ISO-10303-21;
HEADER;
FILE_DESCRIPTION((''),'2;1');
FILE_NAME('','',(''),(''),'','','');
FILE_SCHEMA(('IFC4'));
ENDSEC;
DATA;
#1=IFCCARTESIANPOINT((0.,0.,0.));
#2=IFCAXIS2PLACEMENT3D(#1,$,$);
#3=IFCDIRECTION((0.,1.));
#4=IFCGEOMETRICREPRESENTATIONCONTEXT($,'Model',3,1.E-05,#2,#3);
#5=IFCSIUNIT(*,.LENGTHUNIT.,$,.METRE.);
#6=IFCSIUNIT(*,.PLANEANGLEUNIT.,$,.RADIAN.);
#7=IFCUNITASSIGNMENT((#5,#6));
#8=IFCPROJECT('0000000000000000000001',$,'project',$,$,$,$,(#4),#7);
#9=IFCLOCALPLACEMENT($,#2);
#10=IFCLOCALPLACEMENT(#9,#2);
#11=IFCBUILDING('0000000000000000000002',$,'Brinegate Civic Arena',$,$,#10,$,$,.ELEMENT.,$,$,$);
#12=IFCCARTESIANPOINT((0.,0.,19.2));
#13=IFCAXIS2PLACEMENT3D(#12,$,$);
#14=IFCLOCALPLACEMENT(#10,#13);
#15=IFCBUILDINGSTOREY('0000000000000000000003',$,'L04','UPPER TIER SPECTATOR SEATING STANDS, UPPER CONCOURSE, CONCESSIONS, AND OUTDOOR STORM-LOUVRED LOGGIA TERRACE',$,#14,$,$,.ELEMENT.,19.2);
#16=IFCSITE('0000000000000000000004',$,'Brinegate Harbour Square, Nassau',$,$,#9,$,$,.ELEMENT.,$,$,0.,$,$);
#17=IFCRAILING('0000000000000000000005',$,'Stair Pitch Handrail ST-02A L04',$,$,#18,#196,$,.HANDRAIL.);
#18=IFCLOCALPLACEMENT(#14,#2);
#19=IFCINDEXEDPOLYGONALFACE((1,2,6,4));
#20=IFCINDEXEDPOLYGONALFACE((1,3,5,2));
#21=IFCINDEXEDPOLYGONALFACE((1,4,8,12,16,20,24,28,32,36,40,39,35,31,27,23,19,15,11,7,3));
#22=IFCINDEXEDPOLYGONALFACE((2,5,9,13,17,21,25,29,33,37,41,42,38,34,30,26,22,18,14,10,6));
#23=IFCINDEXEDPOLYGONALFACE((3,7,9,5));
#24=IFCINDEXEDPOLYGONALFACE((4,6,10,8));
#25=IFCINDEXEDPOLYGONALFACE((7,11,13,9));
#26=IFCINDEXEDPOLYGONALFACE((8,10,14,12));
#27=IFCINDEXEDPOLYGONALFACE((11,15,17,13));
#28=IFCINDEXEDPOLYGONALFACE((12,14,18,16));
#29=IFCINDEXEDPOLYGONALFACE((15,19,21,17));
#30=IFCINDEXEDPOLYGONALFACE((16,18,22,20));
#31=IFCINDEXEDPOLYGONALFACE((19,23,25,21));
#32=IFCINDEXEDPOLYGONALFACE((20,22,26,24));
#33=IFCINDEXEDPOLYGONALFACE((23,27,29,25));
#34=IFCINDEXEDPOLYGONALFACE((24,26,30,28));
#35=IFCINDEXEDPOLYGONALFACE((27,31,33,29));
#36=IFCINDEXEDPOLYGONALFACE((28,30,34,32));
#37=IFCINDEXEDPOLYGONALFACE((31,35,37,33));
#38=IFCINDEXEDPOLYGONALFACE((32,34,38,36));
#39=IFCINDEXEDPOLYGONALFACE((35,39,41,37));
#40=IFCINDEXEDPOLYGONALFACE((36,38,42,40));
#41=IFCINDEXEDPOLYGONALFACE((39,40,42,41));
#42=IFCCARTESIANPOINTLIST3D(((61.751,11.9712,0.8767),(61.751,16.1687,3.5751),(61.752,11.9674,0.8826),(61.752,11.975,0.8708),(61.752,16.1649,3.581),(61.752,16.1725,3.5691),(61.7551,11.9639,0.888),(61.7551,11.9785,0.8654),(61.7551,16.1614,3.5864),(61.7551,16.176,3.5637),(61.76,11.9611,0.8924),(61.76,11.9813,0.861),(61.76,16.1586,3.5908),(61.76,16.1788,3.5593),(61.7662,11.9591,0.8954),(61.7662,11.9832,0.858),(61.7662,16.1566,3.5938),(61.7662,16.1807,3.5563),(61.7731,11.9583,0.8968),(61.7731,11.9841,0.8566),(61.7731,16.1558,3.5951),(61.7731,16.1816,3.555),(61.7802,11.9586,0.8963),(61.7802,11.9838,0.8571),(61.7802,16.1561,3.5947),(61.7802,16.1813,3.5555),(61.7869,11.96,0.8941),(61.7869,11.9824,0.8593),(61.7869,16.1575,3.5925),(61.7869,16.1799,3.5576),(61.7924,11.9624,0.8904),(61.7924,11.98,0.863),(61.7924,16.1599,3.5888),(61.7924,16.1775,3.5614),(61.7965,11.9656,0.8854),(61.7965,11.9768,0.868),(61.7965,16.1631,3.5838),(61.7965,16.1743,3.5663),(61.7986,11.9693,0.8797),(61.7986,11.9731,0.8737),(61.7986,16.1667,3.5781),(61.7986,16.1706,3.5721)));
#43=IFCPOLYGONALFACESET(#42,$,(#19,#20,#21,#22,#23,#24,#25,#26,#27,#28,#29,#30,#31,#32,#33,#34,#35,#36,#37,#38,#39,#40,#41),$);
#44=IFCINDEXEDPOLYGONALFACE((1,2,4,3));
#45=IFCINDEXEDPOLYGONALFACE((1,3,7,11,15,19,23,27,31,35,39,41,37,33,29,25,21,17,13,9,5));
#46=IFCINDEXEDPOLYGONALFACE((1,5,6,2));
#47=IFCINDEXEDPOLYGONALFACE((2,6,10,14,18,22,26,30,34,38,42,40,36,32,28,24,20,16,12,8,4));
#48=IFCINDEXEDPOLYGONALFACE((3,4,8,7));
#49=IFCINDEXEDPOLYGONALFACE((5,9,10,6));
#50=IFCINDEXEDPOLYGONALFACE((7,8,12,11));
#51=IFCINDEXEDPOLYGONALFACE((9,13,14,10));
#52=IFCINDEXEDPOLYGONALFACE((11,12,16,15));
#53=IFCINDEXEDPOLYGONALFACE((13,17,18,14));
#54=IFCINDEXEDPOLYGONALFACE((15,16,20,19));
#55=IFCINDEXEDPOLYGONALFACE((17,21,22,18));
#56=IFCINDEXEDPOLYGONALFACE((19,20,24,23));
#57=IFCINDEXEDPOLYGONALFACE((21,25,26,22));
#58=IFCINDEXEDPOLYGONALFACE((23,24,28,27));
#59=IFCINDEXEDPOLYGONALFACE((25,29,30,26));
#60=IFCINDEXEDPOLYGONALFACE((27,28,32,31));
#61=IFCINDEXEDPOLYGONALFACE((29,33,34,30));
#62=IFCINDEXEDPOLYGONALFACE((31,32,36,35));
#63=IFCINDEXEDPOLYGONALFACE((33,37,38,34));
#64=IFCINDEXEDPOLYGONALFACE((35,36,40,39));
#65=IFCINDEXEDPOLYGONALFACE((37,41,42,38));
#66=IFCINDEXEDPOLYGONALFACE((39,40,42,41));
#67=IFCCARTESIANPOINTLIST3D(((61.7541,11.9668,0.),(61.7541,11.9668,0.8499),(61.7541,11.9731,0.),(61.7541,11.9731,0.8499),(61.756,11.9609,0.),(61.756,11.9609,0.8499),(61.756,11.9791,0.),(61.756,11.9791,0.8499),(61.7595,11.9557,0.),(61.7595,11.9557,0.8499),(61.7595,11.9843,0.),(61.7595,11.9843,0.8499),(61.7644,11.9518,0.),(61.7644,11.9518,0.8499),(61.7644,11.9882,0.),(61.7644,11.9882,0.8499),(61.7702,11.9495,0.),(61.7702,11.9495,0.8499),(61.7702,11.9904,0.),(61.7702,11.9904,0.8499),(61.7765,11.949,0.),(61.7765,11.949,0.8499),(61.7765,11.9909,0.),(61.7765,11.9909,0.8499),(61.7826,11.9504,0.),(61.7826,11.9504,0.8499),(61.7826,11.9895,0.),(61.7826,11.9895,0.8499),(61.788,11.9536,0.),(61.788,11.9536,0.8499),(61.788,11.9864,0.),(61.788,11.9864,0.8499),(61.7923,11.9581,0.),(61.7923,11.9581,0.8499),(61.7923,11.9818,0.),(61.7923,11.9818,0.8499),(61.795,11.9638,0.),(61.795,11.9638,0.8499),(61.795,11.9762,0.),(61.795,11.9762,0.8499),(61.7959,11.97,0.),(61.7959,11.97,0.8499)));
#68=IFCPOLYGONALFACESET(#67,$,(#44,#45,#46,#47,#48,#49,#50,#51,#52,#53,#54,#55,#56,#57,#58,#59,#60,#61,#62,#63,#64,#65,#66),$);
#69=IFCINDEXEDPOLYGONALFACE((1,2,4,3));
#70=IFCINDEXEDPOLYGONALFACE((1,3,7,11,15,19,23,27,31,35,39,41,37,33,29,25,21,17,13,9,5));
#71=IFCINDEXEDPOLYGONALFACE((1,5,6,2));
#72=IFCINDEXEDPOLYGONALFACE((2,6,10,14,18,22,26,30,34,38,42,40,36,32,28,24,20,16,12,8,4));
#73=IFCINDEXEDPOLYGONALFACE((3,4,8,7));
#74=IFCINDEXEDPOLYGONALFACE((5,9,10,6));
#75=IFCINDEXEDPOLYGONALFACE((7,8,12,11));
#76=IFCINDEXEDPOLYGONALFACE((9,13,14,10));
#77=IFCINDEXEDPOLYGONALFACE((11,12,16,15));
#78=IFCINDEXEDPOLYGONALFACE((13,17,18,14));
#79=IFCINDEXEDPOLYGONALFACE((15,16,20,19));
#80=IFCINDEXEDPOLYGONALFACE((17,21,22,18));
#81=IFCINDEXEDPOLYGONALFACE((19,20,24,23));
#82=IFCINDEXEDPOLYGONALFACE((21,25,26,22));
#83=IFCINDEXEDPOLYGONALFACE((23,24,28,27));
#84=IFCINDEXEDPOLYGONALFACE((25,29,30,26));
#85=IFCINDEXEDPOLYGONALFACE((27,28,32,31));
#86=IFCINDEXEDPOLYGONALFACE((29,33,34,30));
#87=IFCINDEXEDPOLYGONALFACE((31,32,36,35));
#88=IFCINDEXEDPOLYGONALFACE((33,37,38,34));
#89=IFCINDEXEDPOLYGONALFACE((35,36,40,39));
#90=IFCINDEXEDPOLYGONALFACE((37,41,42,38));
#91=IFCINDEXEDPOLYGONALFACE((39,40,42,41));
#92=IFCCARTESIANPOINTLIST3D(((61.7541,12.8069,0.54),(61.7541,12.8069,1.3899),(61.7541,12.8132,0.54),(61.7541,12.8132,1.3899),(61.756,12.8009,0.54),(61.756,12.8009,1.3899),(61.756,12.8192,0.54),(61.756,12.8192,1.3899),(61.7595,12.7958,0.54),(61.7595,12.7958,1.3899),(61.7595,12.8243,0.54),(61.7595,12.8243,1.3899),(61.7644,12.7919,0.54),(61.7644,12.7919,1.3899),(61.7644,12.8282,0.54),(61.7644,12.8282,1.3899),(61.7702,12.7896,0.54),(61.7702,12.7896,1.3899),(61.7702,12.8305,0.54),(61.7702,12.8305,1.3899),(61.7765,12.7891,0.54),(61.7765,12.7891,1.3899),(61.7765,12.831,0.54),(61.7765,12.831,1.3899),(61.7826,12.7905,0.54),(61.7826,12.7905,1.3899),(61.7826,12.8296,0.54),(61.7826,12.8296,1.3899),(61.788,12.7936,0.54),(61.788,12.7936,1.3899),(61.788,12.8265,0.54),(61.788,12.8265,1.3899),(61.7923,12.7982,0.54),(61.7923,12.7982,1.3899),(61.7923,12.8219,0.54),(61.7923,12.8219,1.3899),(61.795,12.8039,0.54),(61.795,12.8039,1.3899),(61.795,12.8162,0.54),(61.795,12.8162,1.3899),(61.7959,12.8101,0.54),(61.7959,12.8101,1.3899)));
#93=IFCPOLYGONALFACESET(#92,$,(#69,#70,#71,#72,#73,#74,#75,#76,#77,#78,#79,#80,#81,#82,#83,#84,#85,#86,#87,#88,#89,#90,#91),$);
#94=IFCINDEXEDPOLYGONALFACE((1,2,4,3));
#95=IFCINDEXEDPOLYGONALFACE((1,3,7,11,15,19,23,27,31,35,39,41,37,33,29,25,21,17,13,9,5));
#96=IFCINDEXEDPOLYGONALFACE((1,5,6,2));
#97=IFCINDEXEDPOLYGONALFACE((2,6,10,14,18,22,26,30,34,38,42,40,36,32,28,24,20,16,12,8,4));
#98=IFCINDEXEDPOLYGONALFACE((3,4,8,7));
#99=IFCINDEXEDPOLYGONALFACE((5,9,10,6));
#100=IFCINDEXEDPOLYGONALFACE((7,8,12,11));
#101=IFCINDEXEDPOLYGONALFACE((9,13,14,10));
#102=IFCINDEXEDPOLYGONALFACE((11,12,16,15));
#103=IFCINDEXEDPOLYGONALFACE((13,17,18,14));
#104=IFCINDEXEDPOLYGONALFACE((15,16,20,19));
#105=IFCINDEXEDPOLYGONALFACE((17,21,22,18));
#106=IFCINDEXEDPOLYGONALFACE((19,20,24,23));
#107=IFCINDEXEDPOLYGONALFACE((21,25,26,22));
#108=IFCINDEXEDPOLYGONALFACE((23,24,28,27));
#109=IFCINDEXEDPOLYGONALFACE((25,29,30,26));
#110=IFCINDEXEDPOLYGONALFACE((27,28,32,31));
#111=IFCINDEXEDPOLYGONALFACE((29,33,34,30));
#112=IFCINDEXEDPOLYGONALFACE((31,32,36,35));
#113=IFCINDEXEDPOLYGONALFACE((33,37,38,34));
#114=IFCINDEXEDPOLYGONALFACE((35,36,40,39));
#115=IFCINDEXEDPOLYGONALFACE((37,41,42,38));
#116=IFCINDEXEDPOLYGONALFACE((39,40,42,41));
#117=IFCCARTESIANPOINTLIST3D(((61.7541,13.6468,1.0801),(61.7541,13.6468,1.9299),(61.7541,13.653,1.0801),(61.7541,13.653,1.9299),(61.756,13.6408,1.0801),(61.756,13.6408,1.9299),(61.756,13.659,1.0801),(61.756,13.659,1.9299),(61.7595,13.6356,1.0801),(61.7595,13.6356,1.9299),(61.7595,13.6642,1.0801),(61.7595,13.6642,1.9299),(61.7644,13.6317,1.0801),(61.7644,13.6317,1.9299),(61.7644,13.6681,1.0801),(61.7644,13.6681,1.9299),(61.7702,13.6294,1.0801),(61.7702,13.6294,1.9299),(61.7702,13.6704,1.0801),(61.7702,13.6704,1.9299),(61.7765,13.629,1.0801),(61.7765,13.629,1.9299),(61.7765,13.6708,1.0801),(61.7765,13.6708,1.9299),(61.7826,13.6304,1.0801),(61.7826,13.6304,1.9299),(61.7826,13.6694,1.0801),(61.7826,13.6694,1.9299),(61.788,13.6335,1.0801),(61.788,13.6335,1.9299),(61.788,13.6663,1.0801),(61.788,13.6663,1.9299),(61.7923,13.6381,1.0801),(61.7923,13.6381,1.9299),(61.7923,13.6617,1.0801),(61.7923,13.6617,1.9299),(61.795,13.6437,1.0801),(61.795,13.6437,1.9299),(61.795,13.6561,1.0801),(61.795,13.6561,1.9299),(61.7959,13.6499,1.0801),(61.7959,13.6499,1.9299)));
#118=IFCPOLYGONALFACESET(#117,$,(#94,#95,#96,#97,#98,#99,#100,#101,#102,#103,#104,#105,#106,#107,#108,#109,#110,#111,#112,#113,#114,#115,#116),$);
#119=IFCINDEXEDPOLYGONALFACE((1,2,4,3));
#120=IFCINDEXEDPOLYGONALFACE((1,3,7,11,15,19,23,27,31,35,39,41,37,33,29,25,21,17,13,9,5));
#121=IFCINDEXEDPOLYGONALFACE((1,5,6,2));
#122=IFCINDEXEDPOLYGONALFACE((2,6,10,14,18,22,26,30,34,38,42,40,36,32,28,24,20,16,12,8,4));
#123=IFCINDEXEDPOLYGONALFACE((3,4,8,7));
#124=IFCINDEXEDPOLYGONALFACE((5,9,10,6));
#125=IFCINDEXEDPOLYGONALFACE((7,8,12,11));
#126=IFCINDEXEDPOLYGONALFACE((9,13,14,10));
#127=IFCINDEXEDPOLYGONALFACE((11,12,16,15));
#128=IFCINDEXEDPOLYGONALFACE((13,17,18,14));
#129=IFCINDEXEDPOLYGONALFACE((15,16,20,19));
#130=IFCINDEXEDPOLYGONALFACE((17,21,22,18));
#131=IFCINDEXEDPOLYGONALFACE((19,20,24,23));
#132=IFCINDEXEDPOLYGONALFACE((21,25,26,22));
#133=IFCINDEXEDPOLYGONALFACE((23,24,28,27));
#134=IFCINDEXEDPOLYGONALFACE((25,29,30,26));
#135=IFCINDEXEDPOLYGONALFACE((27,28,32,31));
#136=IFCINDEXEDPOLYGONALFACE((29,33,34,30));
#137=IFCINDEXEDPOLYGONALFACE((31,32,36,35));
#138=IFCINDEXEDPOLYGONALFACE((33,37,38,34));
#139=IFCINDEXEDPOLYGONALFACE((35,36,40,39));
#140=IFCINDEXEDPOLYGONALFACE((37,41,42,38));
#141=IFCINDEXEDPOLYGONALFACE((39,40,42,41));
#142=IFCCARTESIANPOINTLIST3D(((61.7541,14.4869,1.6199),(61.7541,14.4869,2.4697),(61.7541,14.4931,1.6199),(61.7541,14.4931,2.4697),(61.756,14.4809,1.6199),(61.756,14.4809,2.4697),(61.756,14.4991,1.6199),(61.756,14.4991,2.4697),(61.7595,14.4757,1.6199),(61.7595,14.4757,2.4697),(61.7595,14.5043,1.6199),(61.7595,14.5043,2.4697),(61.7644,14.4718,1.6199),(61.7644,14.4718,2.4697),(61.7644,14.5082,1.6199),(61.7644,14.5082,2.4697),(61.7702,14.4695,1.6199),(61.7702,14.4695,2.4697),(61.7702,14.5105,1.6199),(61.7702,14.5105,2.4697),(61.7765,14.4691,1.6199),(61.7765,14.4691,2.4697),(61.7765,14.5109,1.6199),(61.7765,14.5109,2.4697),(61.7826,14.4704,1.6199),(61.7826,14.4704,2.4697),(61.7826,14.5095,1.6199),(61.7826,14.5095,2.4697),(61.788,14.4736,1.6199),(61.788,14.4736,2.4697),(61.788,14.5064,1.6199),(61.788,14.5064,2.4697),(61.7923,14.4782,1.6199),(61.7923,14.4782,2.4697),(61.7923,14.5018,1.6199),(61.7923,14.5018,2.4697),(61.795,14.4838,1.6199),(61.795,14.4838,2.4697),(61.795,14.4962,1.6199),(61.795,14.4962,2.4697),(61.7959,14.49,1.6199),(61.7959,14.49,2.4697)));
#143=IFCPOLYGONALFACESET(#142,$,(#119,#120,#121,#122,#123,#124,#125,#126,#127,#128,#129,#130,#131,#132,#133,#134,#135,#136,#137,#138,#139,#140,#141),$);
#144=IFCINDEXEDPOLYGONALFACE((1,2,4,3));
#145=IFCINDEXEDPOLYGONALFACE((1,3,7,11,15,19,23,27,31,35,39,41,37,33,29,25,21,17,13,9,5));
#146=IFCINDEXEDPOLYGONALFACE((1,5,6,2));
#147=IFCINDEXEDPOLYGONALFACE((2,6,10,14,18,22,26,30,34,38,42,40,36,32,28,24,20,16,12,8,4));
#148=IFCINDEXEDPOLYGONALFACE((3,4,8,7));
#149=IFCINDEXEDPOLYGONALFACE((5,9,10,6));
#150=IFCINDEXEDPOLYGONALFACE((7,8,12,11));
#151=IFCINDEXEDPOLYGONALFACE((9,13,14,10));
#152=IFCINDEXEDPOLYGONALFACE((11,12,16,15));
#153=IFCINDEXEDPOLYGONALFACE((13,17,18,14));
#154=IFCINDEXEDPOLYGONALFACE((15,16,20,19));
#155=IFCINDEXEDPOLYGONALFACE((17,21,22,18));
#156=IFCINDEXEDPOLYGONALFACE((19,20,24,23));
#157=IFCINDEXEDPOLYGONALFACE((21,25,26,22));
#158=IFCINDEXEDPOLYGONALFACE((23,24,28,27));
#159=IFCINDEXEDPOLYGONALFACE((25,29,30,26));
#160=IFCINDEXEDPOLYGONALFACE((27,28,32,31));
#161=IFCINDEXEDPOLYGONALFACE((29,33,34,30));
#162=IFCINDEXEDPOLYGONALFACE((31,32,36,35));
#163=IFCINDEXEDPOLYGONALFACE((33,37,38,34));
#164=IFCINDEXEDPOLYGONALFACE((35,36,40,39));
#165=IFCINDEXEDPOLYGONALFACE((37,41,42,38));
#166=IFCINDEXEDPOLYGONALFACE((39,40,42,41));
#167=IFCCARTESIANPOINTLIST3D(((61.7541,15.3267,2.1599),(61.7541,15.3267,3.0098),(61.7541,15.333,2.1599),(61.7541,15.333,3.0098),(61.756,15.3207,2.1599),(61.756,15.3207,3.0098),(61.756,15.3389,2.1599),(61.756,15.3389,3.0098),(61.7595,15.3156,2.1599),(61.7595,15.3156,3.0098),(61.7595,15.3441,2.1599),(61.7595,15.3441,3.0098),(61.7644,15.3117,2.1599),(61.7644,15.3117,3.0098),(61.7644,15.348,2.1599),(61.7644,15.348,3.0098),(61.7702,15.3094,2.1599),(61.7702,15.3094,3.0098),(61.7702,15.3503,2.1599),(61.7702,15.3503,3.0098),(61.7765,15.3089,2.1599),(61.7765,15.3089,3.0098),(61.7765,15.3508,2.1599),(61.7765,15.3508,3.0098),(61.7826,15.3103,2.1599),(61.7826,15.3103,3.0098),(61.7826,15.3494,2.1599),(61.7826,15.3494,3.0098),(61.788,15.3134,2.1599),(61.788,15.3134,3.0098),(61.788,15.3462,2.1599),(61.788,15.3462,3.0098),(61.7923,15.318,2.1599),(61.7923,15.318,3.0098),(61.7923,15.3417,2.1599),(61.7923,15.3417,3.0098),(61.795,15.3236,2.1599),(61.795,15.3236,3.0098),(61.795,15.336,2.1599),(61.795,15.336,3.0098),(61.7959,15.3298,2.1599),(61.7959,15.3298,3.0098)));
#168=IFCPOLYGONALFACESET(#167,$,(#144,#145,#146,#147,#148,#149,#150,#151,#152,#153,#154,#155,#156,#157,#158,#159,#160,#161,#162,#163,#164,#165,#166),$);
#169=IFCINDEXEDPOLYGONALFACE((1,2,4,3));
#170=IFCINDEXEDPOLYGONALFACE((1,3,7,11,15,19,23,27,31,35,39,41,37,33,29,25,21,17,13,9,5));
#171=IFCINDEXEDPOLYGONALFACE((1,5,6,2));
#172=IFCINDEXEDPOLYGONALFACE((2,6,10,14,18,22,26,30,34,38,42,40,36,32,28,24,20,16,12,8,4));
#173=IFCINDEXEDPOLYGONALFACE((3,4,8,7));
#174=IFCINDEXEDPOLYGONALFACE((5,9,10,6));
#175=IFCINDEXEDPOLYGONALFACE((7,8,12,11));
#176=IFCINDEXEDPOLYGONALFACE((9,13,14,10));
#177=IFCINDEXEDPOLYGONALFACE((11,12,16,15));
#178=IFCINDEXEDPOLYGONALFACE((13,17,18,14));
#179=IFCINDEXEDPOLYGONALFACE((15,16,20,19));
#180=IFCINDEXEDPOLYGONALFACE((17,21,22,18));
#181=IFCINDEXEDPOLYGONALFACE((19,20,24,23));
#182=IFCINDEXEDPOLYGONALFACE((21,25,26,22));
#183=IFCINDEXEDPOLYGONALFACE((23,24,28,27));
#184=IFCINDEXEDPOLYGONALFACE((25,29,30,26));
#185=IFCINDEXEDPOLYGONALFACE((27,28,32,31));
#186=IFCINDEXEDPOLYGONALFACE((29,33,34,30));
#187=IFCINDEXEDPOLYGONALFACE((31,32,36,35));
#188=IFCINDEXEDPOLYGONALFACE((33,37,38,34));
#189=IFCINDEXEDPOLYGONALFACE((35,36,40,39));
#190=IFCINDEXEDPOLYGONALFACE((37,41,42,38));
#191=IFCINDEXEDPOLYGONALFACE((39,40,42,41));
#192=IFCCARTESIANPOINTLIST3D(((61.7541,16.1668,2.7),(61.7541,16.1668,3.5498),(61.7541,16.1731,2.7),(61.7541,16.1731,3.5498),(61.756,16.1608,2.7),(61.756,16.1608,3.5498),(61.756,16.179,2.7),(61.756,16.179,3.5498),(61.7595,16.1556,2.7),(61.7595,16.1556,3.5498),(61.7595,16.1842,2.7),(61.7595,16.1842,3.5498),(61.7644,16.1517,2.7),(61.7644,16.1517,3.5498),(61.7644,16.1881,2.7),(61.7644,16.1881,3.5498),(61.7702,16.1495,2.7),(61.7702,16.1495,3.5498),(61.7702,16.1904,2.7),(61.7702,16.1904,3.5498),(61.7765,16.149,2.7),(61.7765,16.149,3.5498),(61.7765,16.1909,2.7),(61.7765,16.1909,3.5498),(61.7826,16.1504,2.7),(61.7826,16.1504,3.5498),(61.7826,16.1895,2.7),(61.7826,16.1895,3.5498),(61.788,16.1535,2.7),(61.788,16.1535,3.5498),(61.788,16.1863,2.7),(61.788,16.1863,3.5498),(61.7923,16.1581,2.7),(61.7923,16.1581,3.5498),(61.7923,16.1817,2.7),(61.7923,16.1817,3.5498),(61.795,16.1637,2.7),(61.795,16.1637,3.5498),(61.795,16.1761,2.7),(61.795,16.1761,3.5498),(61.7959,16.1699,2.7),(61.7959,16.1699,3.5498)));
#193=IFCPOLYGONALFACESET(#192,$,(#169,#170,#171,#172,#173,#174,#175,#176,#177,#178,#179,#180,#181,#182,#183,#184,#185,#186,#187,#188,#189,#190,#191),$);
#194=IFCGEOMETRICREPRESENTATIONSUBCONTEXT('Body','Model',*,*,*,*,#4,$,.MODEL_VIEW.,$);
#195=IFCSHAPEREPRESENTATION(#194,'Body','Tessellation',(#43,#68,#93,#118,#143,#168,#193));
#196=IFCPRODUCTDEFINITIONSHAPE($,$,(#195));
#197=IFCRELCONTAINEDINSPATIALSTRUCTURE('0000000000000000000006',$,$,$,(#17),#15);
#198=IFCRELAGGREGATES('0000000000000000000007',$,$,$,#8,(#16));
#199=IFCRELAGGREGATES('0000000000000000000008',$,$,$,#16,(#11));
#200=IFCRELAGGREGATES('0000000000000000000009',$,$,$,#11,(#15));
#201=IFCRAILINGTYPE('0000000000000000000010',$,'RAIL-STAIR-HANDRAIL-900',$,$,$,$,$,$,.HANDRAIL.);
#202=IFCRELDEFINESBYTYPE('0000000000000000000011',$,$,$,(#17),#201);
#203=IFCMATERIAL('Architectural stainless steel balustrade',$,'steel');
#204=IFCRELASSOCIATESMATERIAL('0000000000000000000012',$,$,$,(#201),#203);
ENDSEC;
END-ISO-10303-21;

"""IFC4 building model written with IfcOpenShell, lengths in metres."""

from ifc_helpers import new_model, si_unit, direction, frame, origin, origin_2d, place, context, subcontext, project, spatial, circle, extrude, material, type_object, element, save


model = new_model("IFC4")

# Units and contexts
model_context = context("Model", 3, precision=1e-05, world=origin(), true_north=direction((0.0, 1.0)))
body_context = subcontext(model_context, "Body", "Model", "MODEL_VIEW")
ifc_project = project(units=[si_unit("LENGTHUNIT", "METRE"), si_unit("PLANEANGLEUNIT", "RADIAN")], contexts=[model_context])

# Site, building, storey
site_placement = place(None, origin())
site = spatial("IfcSite", under=ifc_project, at=site_placement, Name="Brinegate Harbour Square, Nassau", CompositionType="ELEMENT", RefElevation=0.0)
building_placement = place(site_placement, origin())
building = spatial("IfcBuilding", under=site, at=building_placement, Name="Brinegate Civic Arena", CompositionType="ELEMENT")
storey_placement = place(building_placement, frame((0.0, 0.0, 19.2)))
storey = spatial("IfcBuildingStorey", under=building, at=storey_placement, Name="L04", Description="UPPER TIER SPECTATOR SEATING STANDS, UPPER CONCOURSE, CONCESSIONS, AND OUTDOOR STORM-LOUVRED LOGGIA TERRACE", CompositionType="ELEMENT", Elevation=19.2)

# Railing
ifc_material_1 = material(Name="Architectural stainless steel balustrade", Category="steel")
railing_type_1 = type_object("IfcRailingType", Name="RAIL-STAIR-HANDRAIL-900", PredefinedType="HANDRAIL", material=ifc_material_1)
for number, where, name in (
    (1, (61.7749, 11.97, 0.0), "Stair Pitch Handrail ST-02A L04"),
):
    element("IfcRailing", number, at=place(storey_placement, frame(where)), inside=storey, type_object=railing_type_1, Name=name, PredefinedType="HANDRAIL", context=body_context, shape_type="SweptSolid", body=[
        extrude(circle(Radius=0.0239, at=origin_2d()), frame((0.0, 0.0012, 0.8767), z_axis=(0.0, 0.84118, 0.540755), x_axis=(-1.0, 0.0, 0.0)), (0.0, 0.0, 1.0), 4.99),
        extrude(circle(Radius=0.021, at=origin_2d()), origin(), (0.0, 0.0, 1.0), 0.8499),
        extrude(circle(Radius=0.021, at=origin_2d()), frame((0.0, 0.8401, 0.54)), (0.0, 0.0, 1.0), 0.8499),
        extrude(circle(Radius=0.021, at=origin_2d()), frame((0.0, 1.6799, 1.0801)), (0.0, 0.0, 1.0), 0.8499),
        extrude(circle(Radius=0.021, at=origin_2d()), frame((0.0, 2.52, 1.6199)), (0.0, 0.0, 1.0), 0.8499),
        extrude(circle(Radius=0.021, at=origin_2d()), frame((0.0, 3.3599, 2.1599)), (0.0, 0.0, 1.0), 0.8499),
        extrude(circle(Radius=0.021, at=origin_2d()), frame((0.0, 4.2, 2.7)), (0.0, 0.0, 1.0), 0.8499),
    ])

save(model, "model.ifc")
